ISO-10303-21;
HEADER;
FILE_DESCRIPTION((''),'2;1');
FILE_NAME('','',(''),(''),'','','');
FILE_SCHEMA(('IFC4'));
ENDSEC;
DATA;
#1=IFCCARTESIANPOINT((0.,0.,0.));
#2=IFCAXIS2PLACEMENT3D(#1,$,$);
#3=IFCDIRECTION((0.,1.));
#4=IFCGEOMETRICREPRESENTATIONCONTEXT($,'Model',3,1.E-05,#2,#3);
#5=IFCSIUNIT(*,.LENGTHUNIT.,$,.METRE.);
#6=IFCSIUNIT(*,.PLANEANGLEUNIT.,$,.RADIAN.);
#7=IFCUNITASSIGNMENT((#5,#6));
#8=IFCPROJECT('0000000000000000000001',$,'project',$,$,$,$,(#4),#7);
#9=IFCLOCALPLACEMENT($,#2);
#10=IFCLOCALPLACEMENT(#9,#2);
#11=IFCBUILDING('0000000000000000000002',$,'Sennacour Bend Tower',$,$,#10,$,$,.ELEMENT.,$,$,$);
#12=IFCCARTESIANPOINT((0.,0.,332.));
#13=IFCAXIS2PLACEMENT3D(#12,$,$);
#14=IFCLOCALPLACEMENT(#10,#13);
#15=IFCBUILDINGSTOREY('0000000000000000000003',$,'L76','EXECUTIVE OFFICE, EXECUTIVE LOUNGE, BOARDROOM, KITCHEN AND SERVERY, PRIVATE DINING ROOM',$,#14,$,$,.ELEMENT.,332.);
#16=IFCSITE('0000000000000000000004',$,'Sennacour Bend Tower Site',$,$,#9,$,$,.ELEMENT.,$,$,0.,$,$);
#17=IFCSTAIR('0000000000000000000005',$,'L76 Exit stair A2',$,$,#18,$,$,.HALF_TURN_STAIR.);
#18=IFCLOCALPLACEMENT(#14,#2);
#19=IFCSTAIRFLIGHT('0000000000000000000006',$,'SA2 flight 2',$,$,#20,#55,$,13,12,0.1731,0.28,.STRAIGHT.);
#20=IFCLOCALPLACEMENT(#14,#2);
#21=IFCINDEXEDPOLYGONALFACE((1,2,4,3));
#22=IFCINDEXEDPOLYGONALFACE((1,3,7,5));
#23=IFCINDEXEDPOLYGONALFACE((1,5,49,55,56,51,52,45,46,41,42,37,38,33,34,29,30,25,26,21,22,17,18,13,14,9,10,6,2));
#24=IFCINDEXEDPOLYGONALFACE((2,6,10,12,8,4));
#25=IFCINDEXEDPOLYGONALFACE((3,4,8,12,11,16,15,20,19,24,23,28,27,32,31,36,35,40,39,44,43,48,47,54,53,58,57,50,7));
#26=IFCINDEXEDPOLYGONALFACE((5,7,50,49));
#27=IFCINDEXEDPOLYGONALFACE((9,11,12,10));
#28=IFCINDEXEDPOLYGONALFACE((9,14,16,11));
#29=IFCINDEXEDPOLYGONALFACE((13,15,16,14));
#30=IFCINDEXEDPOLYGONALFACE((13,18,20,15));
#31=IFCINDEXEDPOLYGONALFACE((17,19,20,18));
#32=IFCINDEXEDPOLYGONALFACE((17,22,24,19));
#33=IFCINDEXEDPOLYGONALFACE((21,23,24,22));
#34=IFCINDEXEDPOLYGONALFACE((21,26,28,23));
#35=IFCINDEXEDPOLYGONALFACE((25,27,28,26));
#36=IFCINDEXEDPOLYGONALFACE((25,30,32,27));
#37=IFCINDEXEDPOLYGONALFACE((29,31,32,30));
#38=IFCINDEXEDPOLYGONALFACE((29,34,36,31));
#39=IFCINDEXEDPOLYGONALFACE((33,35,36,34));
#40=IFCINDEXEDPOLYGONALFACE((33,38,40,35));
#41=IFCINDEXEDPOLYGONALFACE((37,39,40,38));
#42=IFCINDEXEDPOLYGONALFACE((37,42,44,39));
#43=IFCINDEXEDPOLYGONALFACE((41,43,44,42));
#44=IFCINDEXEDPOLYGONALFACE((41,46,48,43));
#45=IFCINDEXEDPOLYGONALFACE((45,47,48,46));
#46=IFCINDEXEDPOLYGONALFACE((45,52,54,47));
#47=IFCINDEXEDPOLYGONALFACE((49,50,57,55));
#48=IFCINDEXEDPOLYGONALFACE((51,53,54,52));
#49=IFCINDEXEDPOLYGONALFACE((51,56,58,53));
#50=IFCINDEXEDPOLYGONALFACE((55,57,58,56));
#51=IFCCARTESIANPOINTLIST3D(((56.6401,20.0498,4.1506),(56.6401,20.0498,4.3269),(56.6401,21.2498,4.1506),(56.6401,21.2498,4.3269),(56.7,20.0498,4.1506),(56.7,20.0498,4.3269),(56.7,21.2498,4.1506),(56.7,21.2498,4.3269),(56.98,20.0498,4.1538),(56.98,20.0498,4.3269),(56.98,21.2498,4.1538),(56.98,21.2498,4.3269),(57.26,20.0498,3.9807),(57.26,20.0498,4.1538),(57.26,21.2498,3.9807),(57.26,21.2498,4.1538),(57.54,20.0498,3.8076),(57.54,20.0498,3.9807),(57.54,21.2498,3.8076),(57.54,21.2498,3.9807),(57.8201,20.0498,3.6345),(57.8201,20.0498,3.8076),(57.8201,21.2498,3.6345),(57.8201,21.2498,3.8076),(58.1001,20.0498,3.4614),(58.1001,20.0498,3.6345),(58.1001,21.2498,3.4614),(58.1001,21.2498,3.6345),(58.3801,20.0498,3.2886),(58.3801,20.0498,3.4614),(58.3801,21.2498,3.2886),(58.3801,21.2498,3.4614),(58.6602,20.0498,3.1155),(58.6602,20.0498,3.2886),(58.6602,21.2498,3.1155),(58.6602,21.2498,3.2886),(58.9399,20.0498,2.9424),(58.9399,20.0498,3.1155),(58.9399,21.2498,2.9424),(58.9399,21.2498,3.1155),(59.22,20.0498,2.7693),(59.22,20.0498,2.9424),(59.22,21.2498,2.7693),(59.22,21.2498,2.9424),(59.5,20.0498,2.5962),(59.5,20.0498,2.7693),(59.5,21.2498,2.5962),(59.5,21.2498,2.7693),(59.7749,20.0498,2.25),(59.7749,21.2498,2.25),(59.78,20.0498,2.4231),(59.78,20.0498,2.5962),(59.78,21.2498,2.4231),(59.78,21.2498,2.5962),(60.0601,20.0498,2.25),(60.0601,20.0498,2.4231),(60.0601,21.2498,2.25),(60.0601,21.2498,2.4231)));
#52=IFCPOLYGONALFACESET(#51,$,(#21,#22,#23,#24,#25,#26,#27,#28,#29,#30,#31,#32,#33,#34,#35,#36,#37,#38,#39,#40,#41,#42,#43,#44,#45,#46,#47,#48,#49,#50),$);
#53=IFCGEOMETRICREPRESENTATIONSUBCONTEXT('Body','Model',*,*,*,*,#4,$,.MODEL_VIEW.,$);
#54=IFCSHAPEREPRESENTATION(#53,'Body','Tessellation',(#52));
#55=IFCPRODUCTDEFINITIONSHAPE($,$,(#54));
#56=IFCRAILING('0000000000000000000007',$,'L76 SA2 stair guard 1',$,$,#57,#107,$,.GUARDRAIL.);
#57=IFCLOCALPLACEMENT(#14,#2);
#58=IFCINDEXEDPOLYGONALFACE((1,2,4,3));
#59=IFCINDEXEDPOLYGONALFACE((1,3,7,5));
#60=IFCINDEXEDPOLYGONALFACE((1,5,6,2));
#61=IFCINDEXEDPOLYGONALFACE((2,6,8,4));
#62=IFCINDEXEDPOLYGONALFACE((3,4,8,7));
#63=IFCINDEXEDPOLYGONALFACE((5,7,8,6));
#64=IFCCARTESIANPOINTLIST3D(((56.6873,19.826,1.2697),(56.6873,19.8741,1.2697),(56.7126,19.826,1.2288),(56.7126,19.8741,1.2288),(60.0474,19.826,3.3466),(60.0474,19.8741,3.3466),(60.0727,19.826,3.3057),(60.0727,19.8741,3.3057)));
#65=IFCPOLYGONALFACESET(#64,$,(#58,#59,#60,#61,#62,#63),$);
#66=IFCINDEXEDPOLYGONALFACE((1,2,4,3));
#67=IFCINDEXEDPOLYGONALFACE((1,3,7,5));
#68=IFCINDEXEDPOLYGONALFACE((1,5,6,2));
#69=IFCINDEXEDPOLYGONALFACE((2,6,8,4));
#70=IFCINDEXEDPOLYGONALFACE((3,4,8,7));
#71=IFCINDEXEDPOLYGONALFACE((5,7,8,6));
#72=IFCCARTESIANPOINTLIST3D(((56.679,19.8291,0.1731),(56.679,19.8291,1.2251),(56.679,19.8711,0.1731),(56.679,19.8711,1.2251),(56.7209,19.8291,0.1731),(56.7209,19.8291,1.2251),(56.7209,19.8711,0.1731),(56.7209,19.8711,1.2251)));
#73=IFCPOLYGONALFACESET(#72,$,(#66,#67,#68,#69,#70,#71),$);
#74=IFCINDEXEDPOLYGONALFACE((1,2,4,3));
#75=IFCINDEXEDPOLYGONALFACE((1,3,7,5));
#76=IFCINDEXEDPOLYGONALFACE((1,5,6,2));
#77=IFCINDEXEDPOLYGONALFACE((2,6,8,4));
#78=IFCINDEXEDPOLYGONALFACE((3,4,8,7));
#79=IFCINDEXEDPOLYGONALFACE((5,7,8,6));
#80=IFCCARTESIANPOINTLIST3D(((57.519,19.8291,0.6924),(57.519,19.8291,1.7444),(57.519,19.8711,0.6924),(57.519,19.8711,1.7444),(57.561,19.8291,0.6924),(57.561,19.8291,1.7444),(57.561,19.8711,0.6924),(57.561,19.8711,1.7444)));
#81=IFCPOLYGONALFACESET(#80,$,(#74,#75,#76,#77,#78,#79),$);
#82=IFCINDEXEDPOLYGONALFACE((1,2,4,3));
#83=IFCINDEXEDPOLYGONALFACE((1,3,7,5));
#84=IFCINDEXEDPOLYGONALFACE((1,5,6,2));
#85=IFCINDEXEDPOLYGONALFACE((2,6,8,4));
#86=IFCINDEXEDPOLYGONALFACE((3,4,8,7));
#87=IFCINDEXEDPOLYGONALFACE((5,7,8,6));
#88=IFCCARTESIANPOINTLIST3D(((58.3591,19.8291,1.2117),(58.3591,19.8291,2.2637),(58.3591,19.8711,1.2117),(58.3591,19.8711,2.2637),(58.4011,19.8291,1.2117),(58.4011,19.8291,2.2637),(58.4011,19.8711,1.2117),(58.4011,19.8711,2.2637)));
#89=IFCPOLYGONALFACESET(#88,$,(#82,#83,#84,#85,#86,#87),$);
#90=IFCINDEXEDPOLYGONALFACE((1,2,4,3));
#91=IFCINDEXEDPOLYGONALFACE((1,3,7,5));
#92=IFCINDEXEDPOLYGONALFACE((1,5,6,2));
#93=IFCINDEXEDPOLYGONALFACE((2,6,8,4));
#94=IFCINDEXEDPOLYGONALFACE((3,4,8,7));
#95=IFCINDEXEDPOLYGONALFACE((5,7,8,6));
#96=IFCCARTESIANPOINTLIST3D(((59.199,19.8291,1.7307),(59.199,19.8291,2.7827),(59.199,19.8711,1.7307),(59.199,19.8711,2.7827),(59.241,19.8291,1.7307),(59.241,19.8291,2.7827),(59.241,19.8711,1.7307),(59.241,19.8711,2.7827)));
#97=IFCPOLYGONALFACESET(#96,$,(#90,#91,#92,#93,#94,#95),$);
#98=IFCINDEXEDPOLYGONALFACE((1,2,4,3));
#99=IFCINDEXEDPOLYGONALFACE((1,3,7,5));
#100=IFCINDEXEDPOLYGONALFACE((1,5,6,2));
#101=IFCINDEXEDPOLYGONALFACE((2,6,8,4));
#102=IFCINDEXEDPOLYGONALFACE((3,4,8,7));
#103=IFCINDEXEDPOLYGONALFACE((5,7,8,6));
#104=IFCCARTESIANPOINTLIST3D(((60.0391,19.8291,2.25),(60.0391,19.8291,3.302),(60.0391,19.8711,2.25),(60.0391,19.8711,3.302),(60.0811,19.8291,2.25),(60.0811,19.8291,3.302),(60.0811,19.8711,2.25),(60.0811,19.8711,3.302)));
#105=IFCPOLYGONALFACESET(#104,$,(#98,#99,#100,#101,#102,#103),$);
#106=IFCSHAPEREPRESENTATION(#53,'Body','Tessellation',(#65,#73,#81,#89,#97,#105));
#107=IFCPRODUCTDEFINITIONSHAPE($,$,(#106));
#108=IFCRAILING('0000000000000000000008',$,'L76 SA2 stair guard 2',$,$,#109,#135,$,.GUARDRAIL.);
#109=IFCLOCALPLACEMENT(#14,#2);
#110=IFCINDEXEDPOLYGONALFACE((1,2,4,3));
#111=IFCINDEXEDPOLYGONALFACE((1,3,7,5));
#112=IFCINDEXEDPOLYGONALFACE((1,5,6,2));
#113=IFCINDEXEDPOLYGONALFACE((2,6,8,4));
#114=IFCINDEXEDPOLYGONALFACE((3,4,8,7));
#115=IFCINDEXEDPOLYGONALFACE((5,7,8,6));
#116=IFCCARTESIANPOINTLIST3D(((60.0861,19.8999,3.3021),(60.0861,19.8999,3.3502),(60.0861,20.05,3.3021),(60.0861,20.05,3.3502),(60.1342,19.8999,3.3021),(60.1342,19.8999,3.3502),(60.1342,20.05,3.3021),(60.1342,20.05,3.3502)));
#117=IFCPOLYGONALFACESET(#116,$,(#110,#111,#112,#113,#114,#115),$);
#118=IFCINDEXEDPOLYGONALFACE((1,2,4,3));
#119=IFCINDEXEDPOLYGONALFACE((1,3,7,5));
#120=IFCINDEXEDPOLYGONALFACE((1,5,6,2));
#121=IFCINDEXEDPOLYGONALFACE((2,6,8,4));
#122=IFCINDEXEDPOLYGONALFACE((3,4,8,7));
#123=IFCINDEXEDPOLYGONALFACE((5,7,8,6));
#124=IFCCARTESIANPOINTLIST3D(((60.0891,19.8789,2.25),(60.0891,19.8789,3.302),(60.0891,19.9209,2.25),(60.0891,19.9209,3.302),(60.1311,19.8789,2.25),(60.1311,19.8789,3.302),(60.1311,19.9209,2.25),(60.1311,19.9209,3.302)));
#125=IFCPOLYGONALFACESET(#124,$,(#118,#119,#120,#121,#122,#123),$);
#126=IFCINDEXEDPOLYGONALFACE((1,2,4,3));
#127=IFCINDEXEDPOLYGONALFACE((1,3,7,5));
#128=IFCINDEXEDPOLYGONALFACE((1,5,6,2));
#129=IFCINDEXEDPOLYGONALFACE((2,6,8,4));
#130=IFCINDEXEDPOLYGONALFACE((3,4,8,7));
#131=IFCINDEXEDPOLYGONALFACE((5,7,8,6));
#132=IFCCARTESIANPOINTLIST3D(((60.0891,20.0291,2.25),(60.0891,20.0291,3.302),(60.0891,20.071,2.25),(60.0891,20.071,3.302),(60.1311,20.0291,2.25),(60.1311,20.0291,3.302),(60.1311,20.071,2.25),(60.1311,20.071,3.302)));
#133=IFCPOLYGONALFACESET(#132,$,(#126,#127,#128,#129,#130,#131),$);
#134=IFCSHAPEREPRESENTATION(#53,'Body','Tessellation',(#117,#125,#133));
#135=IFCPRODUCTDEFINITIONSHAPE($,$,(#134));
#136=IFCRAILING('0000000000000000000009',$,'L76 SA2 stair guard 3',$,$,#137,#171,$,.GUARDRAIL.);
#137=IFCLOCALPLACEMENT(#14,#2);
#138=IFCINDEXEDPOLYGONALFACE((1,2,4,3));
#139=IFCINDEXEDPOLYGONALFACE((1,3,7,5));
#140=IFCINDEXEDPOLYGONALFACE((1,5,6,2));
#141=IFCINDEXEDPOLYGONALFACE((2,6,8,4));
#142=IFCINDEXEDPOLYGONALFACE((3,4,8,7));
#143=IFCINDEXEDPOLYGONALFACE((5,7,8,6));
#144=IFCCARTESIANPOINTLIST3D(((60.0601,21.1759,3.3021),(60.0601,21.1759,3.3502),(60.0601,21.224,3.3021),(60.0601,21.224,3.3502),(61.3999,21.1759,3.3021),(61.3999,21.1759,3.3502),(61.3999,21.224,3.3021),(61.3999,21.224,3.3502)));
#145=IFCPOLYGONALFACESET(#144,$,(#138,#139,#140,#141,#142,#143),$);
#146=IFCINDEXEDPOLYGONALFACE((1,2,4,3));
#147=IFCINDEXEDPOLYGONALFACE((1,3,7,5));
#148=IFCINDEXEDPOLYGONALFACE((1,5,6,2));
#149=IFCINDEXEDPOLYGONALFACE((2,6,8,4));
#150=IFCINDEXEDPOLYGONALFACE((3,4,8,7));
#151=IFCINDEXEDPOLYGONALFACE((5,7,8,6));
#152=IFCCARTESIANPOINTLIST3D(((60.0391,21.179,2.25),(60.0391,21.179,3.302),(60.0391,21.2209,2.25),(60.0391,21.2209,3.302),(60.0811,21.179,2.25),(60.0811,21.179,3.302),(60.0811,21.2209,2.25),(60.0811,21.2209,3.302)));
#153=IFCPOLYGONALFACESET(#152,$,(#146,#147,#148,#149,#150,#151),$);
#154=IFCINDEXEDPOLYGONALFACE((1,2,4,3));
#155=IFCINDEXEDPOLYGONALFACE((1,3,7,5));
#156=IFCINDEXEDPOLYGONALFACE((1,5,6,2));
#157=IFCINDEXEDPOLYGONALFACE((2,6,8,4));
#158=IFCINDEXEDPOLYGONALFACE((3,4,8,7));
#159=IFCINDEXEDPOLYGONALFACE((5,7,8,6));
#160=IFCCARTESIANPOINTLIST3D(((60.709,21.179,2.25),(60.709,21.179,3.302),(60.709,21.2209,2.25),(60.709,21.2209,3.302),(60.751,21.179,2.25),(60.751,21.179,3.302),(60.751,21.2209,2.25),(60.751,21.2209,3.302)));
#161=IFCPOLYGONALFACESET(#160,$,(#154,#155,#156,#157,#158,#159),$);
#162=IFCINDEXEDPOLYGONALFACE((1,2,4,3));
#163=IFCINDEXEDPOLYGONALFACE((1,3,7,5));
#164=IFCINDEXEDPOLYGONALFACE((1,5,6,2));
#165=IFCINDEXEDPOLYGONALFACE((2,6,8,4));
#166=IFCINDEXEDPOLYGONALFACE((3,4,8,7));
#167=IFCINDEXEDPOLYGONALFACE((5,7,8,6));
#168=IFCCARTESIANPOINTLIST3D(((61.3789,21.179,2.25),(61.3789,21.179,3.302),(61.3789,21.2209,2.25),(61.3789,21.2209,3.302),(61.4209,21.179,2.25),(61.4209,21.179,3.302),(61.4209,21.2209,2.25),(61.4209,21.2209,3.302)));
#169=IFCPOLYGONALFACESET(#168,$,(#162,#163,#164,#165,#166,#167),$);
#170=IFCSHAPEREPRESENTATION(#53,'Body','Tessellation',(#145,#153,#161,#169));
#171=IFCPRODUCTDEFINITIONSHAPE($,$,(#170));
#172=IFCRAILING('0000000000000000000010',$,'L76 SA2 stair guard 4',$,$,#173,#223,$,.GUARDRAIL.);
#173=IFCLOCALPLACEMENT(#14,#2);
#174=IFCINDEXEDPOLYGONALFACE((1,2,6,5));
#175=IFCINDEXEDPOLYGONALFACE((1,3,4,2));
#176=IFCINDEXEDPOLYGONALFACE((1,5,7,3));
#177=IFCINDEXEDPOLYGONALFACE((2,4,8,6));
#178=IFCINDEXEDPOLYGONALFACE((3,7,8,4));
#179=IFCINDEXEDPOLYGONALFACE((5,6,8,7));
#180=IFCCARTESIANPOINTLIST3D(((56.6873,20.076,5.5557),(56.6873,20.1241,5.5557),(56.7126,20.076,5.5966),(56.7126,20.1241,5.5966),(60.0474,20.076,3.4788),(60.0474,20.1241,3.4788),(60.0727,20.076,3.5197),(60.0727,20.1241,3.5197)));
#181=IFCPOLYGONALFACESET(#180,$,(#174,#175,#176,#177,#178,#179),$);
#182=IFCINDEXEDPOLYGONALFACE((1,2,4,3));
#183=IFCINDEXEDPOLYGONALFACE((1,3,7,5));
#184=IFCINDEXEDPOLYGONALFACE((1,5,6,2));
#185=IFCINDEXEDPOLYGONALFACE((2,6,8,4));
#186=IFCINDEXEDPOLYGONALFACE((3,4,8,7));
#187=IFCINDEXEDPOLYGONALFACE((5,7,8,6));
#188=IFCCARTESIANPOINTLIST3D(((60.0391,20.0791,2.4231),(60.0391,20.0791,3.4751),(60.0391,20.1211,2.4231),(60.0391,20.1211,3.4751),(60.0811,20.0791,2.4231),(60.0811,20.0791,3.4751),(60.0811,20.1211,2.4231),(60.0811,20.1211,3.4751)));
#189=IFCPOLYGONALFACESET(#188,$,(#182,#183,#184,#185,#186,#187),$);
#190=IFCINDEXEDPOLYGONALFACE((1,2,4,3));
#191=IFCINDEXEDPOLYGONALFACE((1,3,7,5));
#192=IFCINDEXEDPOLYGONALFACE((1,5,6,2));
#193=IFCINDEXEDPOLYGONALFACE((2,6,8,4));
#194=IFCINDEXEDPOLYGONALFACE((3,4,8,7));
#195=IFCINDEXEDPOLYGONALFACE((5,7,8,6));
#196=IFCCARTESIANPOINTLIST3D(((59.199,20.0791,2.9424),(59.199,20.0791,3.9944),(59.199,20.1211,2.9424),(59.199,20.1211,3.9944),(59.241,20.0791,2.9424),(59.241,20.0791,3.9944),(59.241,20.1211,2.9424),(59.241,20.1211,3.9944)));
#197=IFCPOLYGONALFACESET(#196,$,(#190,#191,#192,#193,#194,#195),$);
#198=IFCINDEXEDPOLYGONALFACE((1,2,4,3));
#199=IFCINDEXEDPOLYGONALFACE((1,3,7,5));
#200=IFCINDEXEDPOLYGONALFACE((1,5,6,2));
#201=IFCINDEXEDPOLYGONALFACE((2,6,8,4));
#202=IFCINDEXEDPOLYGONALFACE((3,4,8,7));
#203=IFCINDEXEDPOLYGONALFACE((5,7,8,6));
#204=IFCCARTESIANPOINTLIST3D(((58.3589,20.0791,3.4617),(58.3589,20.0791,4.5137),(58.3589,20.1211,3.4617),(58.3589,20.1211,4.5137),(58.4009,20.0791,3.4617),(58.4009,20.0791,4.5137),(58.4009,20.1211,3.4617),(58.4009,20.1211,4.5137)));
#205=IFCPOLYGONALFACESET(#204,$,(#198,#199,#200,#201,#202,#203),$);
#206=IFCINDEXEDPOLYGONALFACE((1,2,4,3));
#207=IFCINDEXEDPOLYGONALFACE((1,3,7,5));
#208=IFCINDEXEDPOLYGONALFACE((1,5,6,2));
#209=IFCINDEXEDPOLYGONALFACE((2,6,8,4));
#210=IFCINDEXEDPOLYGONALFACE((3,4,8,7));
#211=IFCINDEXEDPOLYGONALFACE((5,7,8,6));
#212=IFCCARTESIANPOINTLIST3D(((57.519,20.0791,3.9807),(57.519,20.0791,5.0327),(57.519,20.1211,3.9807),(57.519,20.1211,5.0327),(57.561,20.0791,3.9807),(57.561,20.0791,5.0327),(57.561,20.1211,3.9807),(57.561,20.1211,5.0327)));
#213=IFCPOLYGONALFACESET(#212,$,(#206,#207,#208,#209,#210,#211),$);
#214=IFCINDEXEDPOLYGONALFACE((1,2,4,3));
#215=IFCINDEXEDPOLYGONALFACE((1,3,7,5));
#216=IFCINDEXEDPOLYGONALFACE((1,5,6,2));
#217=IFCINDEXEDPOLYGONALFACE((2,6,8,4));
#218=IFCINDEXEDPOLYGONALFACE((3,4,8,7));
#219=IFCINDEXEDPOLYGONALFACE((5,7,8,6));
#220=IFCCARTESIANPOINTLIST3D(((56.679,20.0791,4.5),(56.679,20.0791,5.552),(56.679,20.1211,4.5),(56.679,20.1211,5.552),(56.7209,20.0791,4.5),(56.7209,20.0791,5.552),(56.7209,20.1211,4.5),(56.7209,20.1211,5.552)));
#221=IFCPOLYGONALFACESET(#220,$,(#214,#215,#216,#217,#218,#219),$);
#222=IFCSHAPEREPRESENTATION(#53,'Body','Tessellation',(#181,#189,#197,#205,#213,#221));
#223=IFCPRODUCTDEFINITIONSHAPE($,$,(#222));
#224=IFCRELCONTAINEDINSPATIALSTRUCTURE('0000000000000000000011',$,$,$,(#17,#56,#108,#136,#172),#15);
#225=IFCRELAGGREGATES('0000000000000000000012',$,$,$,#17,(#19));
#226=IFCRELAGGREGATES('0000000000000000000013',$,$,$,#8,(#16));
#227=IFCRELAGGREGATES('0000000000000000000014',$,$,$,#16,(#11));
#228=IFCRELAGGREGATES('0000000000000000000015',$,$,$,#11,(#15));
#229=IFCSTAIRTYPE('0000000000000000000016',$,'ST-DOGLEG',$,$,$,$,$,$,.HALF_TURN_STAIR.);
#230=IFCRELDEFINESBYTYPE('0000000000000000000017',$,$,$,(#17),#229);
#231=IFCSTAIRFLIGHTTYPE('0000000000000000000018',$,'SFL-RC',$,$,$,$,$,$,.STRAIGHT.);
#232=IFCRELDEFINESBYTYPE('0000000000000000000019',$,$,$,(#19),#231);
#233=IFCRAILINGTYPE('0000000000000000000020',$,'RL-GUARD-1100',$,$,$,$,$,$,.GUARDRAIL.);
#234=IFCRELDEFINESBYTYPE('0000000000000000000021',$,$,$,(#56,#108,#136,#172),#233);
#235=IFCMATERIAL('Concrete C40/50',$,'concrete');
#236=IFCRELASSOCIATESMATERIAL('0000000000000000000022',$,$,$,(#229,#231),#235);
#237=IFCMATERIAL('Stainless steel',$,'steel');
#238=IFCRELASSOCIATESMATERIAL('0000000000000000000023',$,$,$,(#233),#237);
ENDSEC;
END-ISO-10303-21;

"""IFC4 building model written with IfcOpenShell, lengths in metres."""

from ifc_helpers import new_model, si_unit, direction, frame, origin, origin_2d, place, context, subcontext, project, spatial, polyline, rectangle, outline, extrude, material, type_object, element, aggregate, save


model = new_model("IFC4")

# Units and contexts
model_context = context("Model", 3, precision=1e-05, world=origin(), true_north=direction((0.0, 1.0)))
body_context = subcontext(model_context, "Body", "Model", "MODEL_VIEW")
ifc_project = project(units=[si_unit("LENGTHUNIT", "METRE"), si_unit("PLANEANGLEUNIT", "RADIAN")], contexts=[model_context])

# Site, building, storey
site_placement = place(None, origin())
site = spatial("IfcSite", under=ifc_project, at=site_placement, Name="Sennacour Bend Tower Site", CompositionType="ELEMENT", RefElevation=0.0)
building_placement = place(site_placement, origin())
building = spatial("IfcBuilding", under=site, at=building_placement, Name="Sennacour Bend Tower", CompositionType="ELEMENT")
storey_placement = place(building_placement, frame((0.0, 0.0, 332.0)))
storey = spatial("IfcBuildingStorey", under=building, at=storey_placement, Name="L76", Description="EXECUTIVE OFFICE, EXECUTIVE LOUNGE, BOARDROOM, KITCHEN AND SERVERY, PRIVATE DINING ROOM", CompositionType="ELEMENT", Elevation=332.0)

# Stair, stair flight
ifc_material_1 = material(Name="Concrete C40/50", Category="concrete")
stair_type = type_object("IfcStairType", Name="ST-DOGLEG", PredefinedType="HALF_TURN_STAIR", material=ifc_material_1)
stair_placement = place(storey_placement, origin())
stair = element("IfcStair", 1, at=stair_placement, inside=storey, type_object=stair_type, Name="L76 Exit stair A2", PredefinedType="HALF_TURN_STAIR")
stair_flight_type = type_object("IfcStairFlightType", Name="SFL-RC", PredefinedType="STRAIGHT", material=ifc_material_1)
stair_flight_1_placement = place(storey_placement, frame((60.0601, 20.6499, 2.25), z_axis=(0.0, 0.0, 1.0), x_axis=(-1.0, 0.0, 0.0)))
stair_flight_1 = element("IfcStairFlight", 2, at=stair_flight_1_placement, type_object=stair_flight_type, Name="SA2 flight 2", NumberOfRisers=13, NumberOfTreads=12, PredefinedType="STRAIGHT", RiserHeight=0.1731, TreadLength=0.28, context=body_context, shape_type="SweptSolid", body=[
    extrude(outline(polyline([(0.0, 0.0), (0.0, 0.1731), (0.28, 0.1731), (0.28, 0.3462), (0.5601, 0.3462), (0.5601, 0.5193), (0.8401, 0.5193), (0.8401, 0.6924), (1.1201, 0.6924), (1.1201, 0.8655), (1.3999, 0.8655), (1.3999, 1.0386), (1.6799, 1.0386), (1.6799, 1.2114), (1.96, 1.2114), (1.96, 1.3845), (2.24, 1.3845), (2.24, 1.5576), (2.52, 1.5576), (2.52, 1.7307), (2.8, 1.7307), (2.8, 1.9038), (3.0801, 1.9038), (3.0801, 2.0769), (3.3601, 2.0769), (3.4199, 2.0769), (3.4199, 1.9006), (3.3601, 1.9006), (0.2852, 0.0), (0.0, 0.0)])), frame((0.0, 0.6001, 0.0), z_axis=(0.0, -1.0, 0.0), x_axis=(1.0, 0.0, 0.0)), (0.0, 0.0, 1.0), 1.2),
])
aggregate(stair, [stair_flight_1])

# Railings
ifc_material_2 = material(Name="Stainless steel", Category="steel")
railing_type_1 = type_object("IfcRailingType", Name="RL-GUARD-1100", PredefinedType="GUARDRAIL", material=ifc_material_2)
railing_1_placement = place(storey_placement, frame((56.7, 19.8501, 0.1731)))
element("IfcRailing", 3, at=railing_1_placement, inside=storey, type_object=railing_type_1, Name="L76 SA2 stair guard 1", PredefinedType="GUARDRAIL", context=body_context, shape_type="SweptSolid", body=[
    extrude(rectangle(XDim=0.0481, YDim=0.0481, at=origin_2d()), frame((0.0, 0.0, 1.0762), z_axis=(0.850623, 0.0, 0.525776), x_axis=(0.0, 1.0, 0.0)), (0.0, 0.0, 1.0), 3.9502),
    extrude(rectangle(XDim=0.042, YDim=0.042, at=origin_2d()), origin(), (0.0, 0.0, 1.0), 1.052),
    extrude(rectangle(XDim=0.042, YDim=0.042, at=origin_2d()), frame((0.8401, 0.0, 0.5193)), (0.0, 0.0, 1.0), 1.052),
    extrude(rectangle(XDim=0.042, YDim=0.042, at=origin_2d()), frame((1.6802, 0.0, 1.0386)), (0.0, 0.0, 1.0), 1.052),
    extrude(rectangle(XDim=0.042, YDim=0.042, at=origin_2d()), frame((2.52, 0.0, 1.5576)), (0.0, 0.0, 1.0), 1.052),
    extrude(rectangle(XDim=0.042, YDim=0.042, at=origin_2d()), frame((3.3601, 0.0, 2.0769)), (0.0, 0.0, 1.0), 1.052),
])
railing_2_placement = place(storey_placement, frame((60.1101, 19.8999, 2.25)))
element("IfcRailing", 4, at=railing_2_placement, inside=storey, type_object=railing_type_1, Name="L76 SA2 stair guard 2", PredefinedType="GUARDRAIL", context=body_context, shape_type="SweptSolid", body=[
    extrude(rectangle(XDim=0.0481, YDim=0.0481, at=origin_2d()), frame((0.0, 0.0, 1.0762), z_axis=(0.0, 1.0, 0.0), x_axis=(-1.0, 0.0, 0.0)), (0.0, 0.0, 1.0), 0.1501),
    extrude(rectangle(XDim=0.042, YDim=0.042, at=origin_2d()), origin(), (0.0, 0.0, 1.0), 1.052),
    extrude(rectangle(XDim=0.042, YDim=0.042, at=origin_2d()), frame((0.0, 0.1501, 0.0)), (0.0, 0.0, 1.0), 1.052),
])
railing_3_placement = place(storey_placement, frame((60.0601, 21.2, 2.25)))
element("IfcRailing", 5, at=railing_3_placement, inside=storey, type_object=railing_type_1, Name="L76 SA2 stair guard 3", PredefinedType="GUARDRAIL", context=body_context, shape_type="SweptSolid", body=[
    extrude(rectangle(XDim=0.0481, YDim=0.0481, at=origin_2d()), frame((0.0, 0.0, 1.0762), z_axis=(1.0, 0.0, 0.0), x_axis=(0.0, 1.0, 0.0)), (0.0, 0.0, 1.0), 1.3398),
    extrude(rectangle(XDim=0.042, YDim=0.042, at=origin_2d()), origin(), (0.0, 0.0, 1.0), 1.052),
    extrude(rectangle(XDim=0.042, YDim=0.042, at=origin_2d()), frame((0.6699, 0.0, 0.0)), (0.0, 0.0, 1.0), 1.052),
    extrude(rectangle(XDim=0.042, YDim=0.042, at=origin_2d()), frame((1.3398, 0.0, 0.0)), (0.0, 0.0, 1.0), 1.052),
])
railing_4_placement = place(storey_placement, frame((60.0601, 20.1001, 2.4231)))
element("IfcRailing", 6, at=railing_4_placement, inside=storey, type_object=railing_type_1, Name="L76 SA2 stair guard 4", PredefinedType="GUARDRAIL", context=body_context, shape_type="SweptSolid", body=[
    extrude(rectangle(XDim=0.0481, YDim=0.0481, at=origin_2d()), frame((0.0, 0.0, 1.0762), z_axis=(-0.850623, 0.0, 0.525776), x_axis=(0.0, -1.0, 0.0)), (0.0, 0.0, 1.0), 3.9502),
    extrude(rectangle(XDim=0.042, YDim=0.042, at=origin_2d()), origin(), (0.0, 0.0, 1.0), 1.052),
    extrude(rectangle(XDim=0.042, YDim=0.042, at=origin_2d()), frame((-0.8401, 0.0, 0.5193)), (0.0, 0.0, 1.0), 1.052),
    extrude(rectangle(XDim=0.042, YDim=0.042, at=origin_2d()), frame((-1.6802, 0.0, 1.0386)), (0.0, 0.0, 1.0), 1.052),
    extrude(rectangle(XDim=0.042, YDim=0.042, at=origin_2d()), frame((-2.52, 0.0, 1.5576)), (0.0, 0.0, 1.0), 1.052),
    extrude(rectangle(XDim=0.042, YDim=0.042, at=origin_2d()), frame((-3.3601, 0.0, 2.0769)), (0.0, 0.0, 1.0), 1.052),
])

save(model, "model.ifc")
